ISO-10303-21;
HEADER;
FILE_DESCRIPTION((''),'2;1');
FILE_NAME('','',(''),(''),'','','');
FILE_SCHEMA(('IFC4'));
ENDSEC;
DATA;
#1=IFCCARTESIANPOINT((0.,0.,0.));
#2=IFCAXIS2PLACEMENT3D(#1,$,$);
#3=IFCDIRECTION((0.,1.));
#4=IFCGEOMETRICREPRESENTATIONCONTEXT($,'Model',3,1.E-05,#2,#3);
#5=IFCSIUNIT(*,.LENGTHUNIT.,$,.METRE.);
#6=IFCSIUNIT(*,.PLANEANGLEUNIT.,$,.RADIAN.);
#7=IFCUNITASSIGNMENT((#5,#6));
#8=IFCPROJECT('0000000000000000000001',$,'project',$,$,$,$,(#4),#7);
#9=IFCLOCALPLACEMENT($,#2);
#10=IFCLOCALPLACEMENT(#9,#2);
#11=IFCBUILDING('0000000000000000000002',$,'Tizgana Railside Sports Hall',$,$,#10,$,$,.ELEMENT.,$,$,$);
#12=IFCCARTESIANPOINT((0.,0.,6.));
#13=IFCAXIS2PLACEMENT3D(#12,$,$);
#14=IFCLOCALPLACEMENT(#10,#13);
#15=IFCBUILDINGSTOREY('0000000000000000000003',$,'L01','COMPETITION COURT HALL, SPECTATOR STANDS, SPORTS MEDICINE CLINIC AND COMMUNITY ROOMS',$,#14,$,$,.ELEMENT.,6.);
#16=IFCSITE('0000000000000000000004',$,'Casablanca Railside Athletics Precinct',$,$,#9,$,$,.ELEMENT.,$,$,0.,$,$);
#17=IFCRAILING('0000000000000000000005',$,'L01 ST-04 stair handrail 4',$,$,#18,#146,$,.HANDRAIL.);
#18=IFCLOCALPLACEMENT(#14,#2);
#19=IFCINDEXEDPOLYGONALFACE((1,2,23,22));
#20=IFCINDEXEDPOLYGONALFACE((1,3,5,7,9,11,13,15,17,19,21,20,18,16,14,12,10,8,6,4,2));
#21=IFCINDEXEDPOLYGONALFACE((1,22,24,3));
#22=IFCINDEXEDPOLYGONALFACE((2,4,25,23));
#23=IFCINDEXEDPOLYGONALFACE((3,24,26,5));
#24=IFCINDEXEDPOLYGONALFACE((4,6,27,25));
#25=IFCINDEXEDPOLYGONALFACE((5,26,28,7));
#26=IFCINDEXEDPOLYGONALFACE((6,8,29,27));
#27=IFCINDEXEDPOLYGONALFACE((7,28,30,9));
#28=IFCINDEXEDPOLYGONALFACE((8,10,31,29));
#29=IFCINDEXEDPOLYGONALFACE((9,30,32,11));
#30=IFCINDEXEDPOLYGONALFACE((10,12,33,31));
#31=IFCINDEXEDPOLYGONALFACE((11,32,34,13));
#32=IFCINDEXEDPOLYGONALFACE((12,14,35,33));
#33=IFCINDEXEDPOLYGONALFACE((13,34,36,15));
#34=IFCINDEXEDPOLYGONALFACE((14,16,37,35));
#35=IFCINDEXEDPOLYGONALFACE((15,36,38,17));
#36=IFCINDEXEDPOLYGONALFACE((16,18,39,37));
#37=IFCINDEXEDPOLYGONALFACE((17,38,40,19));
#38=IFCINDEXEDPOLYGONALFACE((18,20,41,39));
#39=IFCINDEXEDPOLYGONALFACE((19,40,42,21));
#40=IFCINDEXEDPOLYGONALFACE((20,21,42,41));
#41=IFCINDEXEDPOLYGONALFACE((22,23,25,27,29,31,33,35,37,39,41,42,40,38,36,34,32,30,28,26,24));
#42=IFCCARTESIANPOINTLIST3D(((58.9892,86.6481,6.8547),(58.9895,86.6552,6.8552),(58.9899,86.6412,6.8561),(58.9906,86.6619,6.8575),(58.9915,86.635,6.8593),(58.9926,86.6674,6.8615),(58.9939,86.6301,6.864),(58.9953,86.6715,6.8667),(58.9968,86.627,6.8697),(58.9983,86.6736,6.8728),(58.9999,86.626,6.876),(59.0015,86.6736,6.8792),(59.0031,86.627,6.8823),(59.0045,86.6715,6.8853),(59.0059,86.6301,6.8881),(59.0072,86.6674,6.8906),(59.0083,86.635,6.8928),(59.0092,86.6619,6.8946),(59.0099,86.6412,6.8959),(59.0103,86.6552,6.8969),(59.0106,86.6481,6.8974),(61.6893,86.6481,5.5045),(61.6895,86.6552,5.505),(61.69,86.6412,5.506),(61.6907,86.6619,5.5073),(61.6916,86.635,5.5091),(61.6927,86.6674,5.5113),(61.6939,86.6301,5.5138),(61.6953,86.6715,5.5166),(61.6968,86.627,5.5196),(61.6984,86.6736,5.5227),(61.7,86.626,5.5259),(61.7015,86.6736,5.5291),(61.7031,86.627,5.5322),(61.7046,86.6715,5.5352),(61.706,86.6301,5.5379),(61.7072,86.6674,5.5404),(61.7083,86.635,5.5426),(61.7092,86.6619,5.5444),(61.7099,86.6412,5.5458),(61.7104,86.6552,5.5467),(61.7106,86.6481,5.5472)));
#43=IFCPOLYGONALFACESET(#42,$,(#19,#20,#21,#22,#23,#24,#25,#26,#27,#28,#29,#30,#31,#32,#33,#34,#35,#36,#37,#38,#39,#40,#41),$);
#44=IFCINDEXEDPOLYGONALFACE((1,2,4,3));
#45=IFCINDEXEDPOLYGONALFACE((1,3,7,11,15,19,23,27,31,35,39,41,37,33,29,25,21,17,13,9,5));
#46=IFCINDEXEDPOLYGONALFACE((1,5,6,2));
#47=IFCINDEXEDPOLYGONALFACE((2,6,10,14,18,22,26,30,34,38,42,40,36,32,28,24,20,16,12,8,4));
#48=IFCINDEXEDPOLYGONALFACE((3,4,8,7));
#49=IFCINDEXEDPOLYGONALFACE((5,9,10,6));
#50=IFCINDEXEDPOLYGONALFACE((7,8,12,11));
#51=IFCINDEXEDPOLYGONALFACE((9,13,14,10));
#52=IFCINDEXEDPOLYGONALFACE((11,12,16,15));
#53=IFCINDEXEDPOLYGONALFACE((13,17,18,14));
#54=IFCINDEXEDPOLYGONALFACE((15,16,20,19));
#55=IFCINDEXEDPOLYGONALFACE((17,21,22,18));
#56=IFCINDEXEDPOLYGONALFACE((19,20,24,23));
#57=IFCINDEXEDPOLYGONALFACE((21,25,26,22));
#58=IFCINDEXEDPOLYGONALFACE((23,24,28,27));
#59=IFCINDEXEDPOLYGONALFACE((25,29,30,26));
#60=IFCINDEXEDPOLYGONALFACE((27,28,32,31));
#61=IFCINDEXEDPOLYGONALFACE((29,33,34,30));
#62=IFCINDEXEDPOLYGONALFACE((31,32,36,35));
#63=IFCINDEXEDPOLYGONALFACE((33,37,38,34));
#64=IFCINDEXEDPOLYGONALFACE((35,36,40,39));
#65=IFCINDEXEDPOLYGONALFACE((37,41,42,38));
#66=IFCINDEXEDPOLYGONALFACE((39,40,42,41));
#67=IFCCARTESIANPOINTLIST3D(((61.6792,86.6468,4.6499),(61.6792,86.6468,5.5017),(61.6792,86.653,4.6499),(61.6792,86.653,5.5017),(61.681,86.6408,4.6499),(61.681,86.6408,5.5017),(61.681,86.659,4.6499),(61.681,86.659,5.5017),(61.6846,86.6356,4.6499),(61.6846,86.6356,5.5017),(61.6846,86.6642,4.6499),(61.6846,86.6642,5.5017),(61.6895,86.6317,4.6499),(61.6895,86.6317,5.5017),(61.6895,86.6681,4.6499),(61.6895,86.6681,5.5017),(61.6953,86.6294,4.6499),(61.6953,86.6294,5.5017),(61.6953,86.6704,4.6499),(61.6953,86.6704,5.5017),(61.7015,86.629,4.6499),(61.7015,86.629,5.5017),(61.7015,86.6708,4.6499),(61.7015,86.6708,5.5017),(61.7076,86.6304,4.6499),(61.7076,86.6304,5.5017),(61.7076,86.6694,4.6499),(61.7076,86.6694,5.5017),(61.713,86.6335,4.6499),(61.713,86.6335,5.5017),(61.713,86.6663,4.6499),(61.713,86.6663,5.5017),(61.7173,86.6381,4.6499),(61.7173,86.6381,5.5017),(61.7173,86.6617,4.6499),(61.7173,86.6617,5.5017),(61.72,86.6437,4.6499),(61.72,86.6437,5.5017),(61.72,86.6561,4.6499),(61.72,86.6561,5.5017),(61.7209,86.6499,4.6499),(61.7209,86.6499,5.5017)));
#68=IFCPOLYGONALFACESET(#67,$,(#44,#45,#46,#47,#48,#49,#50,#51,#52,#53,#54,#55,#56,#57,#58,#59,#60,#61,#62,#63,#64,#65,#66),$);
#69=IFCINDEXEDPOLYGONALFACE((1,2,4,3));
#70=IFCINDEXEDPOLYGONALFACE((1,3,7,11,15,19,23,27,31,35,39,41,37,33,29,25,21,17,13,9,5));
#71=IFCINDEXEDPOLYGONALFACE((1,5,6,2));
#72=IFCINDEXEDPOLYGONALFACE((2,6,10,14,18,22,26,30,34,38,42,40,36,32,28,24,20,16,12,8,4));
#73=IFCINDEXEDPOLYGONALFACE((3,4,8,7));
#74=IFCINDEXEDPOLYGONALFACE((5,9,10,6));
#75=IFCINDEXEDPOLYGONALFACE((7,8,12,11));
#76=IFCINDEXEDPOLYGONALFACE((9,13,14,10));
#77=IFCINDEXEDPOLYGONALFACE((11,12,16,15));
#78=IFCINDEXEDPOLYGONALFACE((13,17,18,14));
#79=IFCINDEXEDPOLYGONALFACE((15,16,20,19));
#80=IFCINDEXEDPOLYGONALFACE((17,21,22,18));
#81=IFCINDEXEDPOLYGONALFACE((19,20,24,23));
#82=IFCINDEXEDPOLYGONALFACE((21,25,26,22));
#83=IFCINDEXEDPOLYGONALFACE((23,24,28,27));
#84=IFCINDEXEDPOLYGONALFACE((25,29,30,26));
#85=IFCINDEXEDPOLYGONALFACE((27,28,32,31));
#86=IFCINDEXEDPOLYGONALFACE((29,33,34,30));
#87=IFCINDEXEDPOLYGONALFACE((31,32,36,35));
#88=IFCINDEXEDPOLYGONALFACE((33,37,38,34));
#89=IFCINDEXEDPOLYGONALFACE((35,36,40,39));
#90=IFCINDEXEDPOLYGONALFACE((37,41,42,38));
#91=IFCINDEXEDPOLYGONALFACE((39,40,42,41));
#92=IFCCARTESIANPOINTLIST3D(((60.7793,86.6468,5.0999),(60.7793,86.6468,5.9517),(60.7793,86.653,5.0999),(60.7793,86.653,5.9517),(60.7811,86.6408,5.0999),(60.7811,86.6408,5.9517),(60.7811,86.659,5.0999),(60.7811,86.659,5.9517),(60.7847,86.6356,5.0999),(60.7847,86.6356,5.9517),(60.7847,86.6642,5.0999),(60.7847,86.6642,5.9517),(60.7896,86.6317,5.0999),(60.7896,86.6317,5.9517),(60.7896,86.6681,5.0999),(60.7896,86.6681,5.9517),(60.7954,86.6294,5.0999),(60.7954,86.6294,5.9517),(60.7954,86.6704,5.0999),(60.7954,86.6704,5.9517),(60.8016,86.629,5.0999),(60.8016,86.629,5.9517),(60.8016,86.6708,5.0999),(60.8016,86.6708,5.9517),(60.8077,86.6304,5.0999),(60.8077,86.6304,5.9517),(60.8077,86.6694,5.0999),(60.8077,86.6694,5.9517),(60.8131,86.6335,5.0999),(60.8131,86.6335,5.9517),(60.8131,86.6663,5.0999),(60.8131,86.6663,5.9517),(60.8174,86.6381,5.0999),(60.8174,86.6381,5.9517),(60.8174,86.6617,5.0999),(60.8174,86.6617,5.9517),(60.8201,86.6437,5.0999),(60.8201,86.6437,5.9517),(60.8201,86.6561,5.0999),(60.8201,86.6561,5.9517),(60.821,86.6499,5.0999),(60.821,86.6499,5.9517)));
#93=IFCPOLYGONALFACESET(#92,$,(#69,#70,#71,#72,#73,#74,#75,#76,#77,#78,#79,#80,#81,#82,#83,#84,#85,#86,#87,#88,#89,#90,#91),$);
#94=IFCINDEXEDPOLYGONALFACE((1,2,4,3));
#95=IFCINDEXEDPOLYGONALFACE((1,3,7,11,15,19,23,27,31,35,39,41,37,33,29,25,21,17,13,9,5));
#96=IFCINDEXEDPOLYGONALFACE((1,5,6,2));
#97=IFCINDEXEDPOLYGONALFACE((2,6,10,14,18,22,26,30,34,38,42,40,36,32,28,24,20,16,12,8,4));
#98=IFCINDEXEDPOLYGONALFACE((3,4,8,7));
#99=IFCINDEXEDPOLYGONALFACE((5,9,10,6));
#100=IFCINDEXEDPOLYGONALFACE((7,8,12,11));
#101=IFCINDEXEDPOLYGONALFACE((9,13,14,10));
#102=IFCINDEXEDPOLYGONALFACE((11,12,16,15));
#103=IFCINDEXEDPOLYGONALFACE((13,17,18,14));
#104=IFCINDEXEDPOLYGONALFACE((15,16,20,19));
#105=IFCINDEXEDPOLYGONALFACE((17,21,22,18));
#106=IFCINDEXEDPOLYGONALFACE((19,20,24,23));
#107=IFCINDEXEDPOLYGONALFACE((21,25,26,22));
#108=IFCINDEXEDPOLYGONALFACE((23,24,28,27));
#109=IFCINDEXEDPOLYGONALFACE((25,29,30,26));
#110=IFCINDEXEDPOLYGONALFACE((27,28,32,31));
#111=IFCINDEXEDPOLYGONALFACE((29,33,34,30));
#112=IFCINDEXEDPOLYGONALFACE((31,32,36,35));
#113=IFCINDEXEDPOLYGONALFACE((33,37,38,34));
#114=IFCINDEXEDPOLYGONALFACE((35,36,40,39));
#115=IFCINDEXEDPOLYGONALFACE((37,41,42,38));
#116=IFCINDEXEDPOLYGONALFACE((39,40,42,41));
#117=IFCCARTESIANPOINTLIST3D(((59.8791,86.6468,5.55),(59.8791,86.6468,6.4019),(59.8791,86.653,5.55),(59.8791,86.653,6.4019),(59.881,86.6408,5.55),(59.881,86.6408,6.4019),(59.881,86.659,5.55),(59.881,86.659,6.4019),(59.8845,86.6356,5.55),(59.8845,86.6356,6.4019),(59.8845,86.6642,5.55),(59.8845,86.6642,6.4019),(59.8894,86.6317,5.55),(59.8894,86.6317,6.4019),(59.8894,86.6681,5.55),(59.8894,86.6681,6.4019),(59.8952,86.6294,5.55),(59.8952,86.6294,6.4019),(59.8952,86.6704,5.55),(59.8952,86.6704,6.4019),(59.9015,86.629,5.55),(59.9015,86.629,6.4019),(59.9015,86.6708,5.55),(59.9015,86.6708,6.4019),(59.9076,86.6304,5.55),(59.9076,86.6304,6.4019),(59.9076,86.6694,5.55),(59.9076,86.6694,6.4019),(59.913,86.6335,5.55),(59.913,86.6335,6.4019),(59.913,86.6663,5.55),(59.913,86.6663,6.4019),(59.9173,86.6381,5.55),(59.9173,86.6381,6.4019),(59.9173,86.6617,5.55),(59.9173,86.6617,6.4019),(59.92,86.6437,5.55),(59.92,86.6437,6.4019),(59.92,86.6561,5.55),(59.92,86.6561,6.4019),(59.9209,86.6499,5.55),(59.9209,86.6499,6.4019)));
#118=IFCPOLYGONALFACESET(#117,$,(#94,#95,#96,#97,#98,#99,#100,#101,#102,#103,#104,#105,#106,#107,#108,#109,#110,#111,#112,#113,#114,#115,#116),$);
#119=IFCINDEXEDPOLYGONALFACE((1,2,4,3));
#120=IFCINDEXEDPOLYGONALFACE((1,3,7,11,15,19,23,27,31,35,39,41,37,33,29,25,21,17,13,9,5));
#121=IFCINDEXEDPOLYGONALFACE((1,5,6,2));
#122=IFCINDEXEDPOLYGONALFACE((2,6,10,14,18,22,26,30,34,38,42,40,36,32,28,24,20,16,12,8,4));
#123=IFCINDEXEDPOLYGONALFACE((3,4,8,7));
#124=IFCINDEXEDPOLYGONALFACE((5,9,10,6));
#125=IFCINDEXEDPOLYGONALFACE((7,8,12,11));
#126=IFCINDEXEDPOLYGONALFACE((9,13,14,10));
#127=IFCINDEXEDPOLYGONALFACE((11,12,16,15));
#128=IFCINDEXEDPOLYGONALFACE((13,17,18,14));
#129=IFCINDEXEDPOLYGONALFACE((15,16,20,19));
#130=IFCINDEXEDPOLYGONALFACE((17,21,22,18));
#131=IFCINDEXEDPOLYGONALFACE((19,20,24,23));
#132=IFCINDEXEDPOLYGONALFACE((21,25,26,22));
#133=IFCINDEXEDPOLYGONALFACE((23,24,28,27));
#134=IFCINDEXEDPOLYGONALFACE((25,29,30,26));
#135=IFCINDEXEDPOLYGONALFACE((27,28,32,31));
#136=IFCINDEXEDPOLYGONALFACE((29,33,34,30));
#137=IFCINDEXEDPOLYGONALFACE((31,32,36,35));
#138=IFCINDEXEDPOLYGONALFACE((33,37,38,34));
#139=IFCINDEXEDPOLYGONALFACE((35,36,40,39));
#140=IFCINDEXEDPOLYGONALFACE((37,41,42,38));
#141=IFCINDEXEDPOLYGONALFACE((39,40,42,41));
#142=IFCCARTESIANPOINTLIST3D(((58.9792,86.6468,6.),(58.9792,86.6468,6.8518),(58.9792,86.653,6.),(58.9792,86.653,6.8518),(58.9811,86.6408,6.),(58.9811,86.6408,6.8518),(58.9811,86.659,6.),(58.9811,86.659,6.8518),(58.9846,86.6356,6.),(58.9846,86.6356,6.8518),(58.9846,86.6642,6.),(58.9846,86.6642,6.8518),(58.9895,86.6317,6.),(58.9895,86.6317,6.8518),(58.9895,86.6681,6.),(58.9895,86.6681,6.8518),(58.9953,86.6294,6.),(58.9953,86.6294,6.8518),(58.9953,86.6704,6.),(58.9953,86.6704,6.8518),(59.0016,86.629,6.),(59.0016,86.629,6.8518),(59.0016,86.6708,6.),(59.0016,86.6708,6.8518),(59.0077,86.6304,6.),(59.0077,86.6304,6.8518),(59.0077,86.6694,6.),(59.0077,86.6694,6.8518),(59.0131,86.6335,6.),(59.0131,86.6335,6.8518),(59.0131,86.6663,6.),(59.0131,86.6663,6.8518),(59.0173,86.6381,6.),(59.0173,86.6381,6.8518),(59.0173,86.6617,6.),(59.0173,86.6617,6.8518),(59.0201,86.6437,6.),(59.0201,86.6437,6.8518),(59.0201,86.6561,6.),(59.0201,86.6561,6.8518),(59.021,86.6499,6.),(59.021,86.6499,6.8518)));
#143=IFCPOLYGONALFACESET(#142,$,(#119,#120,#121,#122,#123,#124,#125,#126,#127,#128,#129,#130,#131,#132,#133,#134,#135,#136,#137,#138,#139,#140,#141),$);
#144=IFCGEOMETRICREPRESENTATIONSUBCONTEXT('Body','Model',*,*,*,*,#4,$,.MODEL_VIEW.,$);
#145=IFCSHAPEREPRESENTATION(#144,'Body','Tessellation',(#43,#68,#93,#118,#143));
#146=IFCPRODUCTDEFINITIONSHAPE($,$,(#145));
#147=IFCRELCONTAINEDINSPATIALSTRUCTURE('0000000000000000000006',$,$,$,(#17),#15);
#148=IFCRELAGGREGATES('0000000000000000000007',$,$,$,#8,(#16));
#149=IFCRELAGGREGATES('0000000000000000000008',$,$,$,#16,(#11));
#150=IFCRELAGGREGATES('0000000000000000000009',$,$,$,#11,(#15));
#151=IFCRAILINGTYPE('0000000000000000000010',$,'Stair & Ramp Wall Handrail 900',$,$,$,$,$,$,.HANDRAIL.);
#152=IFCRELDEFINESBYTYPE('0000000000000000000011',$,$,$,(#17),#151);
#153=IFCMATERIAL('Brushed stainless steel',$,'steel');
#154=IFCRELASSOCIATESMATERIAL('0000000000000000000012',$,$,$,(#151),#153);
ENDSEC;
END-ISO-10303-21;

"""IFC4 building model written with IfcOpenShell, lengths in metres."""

from ifc_helpers import new_model, si_unit, direction, frame, origin, origin_2d, place, context, subcontext, project, spatial, circle, extrude, material, type_object, element, save


model = new_model("IFC4")

# Units and contexts
model_context = context("Model", 3, precision=1e-05, world=origin(), true_north=direction((0.0, 1.0)))
body_context = subcontext(model_context, "Body", "Model", "MODEL_VIEW")
ifc_project = project(units=[si_unit("LENGTHUNIT", "METRE"), si_unit("PLANEANGLEUNIT", "RADIAN")], contexts=[model_context])

# Site, building, storey
site_placement = place(None, origin())
site = spatial("IfcSite", under=ifc_project, at=site_placement, Name="Casablanca Railside Athletics Precinct", CompositionType="ELEMENT", RefElevation=0.0)
building_placement = place(site_placement, origin())
building = spatial("IfcBuilding", under=site, at=building_placement, Name="Tizgana Railside Sports Hall", CompositionType="ELEMENT")
storey_placement = place(building_placement, frame((0.0, 0.0, 6.0)))
storey = spatial("IfcBuildingStorey", under=building, at=storey_placement, Name="L01", Description="COMPETITION COURT HALL, SPECTATOR STANDS, SPORTS MEDICINE CLINIC AND COMMUNITY ROOMS", CompositionType="ELEMENT", Elevation=6.0)

# Shared definitions
ifc_material_1 = material(Name="Brushed stainless steel", Category="steel")

# Railing
railing_type_1 = type_object("IfcRailingType", Name="Stair & Ramp Wall Handrail 900", PredefinedType="HANDRAIL", material=ifc_material_1)
for number, where, name in (
    (1, (61.7, 86.6499, 4.6499), "L01 ST-04 stair handrail 4"),
):
    element("IfcRailing", number, at=place(storey_placement, frame(where)), inside=storey, type_object=railing_type_1, Name=name, PredefinedType="HANDRAIL", context=body_context, shape_type="SweptSolid", body=[
        extrude(circle(Radius=0.0239, at=origin_2d()), frame((0.0, 0.0, 0.876), z_axis=(-0.894411, 0.0, 0.447246), x_axis=(0.0, -1.0, 0.0)), (0.0, 0.0, 1.0), 3.0188),
        extrude(circle(Radius=0.021, at=origin_2d()), origin(), (0.0, 0.0, 1.0), 0.8518),
        extrude(circle(Radius=0.021, at=origin_2d()), frame((-0.8999, 0.0, 0.45)), (0.0, 0.0, 1.0), 0.8518),
        extrude(circle(Radius=0.021, at=origin_2d()), frame((-1.8, 0.0, 0.9001)), (0.0, 0.0, 1.0), 0.8518),
        extrude(circle(Radius=0.021, at=origin_2d()), frame((-2.7, 0.0, 1.3501)), (0.0, 0.0, 1.0), 0.8518),
    ])

save(model, "model.ifc")
